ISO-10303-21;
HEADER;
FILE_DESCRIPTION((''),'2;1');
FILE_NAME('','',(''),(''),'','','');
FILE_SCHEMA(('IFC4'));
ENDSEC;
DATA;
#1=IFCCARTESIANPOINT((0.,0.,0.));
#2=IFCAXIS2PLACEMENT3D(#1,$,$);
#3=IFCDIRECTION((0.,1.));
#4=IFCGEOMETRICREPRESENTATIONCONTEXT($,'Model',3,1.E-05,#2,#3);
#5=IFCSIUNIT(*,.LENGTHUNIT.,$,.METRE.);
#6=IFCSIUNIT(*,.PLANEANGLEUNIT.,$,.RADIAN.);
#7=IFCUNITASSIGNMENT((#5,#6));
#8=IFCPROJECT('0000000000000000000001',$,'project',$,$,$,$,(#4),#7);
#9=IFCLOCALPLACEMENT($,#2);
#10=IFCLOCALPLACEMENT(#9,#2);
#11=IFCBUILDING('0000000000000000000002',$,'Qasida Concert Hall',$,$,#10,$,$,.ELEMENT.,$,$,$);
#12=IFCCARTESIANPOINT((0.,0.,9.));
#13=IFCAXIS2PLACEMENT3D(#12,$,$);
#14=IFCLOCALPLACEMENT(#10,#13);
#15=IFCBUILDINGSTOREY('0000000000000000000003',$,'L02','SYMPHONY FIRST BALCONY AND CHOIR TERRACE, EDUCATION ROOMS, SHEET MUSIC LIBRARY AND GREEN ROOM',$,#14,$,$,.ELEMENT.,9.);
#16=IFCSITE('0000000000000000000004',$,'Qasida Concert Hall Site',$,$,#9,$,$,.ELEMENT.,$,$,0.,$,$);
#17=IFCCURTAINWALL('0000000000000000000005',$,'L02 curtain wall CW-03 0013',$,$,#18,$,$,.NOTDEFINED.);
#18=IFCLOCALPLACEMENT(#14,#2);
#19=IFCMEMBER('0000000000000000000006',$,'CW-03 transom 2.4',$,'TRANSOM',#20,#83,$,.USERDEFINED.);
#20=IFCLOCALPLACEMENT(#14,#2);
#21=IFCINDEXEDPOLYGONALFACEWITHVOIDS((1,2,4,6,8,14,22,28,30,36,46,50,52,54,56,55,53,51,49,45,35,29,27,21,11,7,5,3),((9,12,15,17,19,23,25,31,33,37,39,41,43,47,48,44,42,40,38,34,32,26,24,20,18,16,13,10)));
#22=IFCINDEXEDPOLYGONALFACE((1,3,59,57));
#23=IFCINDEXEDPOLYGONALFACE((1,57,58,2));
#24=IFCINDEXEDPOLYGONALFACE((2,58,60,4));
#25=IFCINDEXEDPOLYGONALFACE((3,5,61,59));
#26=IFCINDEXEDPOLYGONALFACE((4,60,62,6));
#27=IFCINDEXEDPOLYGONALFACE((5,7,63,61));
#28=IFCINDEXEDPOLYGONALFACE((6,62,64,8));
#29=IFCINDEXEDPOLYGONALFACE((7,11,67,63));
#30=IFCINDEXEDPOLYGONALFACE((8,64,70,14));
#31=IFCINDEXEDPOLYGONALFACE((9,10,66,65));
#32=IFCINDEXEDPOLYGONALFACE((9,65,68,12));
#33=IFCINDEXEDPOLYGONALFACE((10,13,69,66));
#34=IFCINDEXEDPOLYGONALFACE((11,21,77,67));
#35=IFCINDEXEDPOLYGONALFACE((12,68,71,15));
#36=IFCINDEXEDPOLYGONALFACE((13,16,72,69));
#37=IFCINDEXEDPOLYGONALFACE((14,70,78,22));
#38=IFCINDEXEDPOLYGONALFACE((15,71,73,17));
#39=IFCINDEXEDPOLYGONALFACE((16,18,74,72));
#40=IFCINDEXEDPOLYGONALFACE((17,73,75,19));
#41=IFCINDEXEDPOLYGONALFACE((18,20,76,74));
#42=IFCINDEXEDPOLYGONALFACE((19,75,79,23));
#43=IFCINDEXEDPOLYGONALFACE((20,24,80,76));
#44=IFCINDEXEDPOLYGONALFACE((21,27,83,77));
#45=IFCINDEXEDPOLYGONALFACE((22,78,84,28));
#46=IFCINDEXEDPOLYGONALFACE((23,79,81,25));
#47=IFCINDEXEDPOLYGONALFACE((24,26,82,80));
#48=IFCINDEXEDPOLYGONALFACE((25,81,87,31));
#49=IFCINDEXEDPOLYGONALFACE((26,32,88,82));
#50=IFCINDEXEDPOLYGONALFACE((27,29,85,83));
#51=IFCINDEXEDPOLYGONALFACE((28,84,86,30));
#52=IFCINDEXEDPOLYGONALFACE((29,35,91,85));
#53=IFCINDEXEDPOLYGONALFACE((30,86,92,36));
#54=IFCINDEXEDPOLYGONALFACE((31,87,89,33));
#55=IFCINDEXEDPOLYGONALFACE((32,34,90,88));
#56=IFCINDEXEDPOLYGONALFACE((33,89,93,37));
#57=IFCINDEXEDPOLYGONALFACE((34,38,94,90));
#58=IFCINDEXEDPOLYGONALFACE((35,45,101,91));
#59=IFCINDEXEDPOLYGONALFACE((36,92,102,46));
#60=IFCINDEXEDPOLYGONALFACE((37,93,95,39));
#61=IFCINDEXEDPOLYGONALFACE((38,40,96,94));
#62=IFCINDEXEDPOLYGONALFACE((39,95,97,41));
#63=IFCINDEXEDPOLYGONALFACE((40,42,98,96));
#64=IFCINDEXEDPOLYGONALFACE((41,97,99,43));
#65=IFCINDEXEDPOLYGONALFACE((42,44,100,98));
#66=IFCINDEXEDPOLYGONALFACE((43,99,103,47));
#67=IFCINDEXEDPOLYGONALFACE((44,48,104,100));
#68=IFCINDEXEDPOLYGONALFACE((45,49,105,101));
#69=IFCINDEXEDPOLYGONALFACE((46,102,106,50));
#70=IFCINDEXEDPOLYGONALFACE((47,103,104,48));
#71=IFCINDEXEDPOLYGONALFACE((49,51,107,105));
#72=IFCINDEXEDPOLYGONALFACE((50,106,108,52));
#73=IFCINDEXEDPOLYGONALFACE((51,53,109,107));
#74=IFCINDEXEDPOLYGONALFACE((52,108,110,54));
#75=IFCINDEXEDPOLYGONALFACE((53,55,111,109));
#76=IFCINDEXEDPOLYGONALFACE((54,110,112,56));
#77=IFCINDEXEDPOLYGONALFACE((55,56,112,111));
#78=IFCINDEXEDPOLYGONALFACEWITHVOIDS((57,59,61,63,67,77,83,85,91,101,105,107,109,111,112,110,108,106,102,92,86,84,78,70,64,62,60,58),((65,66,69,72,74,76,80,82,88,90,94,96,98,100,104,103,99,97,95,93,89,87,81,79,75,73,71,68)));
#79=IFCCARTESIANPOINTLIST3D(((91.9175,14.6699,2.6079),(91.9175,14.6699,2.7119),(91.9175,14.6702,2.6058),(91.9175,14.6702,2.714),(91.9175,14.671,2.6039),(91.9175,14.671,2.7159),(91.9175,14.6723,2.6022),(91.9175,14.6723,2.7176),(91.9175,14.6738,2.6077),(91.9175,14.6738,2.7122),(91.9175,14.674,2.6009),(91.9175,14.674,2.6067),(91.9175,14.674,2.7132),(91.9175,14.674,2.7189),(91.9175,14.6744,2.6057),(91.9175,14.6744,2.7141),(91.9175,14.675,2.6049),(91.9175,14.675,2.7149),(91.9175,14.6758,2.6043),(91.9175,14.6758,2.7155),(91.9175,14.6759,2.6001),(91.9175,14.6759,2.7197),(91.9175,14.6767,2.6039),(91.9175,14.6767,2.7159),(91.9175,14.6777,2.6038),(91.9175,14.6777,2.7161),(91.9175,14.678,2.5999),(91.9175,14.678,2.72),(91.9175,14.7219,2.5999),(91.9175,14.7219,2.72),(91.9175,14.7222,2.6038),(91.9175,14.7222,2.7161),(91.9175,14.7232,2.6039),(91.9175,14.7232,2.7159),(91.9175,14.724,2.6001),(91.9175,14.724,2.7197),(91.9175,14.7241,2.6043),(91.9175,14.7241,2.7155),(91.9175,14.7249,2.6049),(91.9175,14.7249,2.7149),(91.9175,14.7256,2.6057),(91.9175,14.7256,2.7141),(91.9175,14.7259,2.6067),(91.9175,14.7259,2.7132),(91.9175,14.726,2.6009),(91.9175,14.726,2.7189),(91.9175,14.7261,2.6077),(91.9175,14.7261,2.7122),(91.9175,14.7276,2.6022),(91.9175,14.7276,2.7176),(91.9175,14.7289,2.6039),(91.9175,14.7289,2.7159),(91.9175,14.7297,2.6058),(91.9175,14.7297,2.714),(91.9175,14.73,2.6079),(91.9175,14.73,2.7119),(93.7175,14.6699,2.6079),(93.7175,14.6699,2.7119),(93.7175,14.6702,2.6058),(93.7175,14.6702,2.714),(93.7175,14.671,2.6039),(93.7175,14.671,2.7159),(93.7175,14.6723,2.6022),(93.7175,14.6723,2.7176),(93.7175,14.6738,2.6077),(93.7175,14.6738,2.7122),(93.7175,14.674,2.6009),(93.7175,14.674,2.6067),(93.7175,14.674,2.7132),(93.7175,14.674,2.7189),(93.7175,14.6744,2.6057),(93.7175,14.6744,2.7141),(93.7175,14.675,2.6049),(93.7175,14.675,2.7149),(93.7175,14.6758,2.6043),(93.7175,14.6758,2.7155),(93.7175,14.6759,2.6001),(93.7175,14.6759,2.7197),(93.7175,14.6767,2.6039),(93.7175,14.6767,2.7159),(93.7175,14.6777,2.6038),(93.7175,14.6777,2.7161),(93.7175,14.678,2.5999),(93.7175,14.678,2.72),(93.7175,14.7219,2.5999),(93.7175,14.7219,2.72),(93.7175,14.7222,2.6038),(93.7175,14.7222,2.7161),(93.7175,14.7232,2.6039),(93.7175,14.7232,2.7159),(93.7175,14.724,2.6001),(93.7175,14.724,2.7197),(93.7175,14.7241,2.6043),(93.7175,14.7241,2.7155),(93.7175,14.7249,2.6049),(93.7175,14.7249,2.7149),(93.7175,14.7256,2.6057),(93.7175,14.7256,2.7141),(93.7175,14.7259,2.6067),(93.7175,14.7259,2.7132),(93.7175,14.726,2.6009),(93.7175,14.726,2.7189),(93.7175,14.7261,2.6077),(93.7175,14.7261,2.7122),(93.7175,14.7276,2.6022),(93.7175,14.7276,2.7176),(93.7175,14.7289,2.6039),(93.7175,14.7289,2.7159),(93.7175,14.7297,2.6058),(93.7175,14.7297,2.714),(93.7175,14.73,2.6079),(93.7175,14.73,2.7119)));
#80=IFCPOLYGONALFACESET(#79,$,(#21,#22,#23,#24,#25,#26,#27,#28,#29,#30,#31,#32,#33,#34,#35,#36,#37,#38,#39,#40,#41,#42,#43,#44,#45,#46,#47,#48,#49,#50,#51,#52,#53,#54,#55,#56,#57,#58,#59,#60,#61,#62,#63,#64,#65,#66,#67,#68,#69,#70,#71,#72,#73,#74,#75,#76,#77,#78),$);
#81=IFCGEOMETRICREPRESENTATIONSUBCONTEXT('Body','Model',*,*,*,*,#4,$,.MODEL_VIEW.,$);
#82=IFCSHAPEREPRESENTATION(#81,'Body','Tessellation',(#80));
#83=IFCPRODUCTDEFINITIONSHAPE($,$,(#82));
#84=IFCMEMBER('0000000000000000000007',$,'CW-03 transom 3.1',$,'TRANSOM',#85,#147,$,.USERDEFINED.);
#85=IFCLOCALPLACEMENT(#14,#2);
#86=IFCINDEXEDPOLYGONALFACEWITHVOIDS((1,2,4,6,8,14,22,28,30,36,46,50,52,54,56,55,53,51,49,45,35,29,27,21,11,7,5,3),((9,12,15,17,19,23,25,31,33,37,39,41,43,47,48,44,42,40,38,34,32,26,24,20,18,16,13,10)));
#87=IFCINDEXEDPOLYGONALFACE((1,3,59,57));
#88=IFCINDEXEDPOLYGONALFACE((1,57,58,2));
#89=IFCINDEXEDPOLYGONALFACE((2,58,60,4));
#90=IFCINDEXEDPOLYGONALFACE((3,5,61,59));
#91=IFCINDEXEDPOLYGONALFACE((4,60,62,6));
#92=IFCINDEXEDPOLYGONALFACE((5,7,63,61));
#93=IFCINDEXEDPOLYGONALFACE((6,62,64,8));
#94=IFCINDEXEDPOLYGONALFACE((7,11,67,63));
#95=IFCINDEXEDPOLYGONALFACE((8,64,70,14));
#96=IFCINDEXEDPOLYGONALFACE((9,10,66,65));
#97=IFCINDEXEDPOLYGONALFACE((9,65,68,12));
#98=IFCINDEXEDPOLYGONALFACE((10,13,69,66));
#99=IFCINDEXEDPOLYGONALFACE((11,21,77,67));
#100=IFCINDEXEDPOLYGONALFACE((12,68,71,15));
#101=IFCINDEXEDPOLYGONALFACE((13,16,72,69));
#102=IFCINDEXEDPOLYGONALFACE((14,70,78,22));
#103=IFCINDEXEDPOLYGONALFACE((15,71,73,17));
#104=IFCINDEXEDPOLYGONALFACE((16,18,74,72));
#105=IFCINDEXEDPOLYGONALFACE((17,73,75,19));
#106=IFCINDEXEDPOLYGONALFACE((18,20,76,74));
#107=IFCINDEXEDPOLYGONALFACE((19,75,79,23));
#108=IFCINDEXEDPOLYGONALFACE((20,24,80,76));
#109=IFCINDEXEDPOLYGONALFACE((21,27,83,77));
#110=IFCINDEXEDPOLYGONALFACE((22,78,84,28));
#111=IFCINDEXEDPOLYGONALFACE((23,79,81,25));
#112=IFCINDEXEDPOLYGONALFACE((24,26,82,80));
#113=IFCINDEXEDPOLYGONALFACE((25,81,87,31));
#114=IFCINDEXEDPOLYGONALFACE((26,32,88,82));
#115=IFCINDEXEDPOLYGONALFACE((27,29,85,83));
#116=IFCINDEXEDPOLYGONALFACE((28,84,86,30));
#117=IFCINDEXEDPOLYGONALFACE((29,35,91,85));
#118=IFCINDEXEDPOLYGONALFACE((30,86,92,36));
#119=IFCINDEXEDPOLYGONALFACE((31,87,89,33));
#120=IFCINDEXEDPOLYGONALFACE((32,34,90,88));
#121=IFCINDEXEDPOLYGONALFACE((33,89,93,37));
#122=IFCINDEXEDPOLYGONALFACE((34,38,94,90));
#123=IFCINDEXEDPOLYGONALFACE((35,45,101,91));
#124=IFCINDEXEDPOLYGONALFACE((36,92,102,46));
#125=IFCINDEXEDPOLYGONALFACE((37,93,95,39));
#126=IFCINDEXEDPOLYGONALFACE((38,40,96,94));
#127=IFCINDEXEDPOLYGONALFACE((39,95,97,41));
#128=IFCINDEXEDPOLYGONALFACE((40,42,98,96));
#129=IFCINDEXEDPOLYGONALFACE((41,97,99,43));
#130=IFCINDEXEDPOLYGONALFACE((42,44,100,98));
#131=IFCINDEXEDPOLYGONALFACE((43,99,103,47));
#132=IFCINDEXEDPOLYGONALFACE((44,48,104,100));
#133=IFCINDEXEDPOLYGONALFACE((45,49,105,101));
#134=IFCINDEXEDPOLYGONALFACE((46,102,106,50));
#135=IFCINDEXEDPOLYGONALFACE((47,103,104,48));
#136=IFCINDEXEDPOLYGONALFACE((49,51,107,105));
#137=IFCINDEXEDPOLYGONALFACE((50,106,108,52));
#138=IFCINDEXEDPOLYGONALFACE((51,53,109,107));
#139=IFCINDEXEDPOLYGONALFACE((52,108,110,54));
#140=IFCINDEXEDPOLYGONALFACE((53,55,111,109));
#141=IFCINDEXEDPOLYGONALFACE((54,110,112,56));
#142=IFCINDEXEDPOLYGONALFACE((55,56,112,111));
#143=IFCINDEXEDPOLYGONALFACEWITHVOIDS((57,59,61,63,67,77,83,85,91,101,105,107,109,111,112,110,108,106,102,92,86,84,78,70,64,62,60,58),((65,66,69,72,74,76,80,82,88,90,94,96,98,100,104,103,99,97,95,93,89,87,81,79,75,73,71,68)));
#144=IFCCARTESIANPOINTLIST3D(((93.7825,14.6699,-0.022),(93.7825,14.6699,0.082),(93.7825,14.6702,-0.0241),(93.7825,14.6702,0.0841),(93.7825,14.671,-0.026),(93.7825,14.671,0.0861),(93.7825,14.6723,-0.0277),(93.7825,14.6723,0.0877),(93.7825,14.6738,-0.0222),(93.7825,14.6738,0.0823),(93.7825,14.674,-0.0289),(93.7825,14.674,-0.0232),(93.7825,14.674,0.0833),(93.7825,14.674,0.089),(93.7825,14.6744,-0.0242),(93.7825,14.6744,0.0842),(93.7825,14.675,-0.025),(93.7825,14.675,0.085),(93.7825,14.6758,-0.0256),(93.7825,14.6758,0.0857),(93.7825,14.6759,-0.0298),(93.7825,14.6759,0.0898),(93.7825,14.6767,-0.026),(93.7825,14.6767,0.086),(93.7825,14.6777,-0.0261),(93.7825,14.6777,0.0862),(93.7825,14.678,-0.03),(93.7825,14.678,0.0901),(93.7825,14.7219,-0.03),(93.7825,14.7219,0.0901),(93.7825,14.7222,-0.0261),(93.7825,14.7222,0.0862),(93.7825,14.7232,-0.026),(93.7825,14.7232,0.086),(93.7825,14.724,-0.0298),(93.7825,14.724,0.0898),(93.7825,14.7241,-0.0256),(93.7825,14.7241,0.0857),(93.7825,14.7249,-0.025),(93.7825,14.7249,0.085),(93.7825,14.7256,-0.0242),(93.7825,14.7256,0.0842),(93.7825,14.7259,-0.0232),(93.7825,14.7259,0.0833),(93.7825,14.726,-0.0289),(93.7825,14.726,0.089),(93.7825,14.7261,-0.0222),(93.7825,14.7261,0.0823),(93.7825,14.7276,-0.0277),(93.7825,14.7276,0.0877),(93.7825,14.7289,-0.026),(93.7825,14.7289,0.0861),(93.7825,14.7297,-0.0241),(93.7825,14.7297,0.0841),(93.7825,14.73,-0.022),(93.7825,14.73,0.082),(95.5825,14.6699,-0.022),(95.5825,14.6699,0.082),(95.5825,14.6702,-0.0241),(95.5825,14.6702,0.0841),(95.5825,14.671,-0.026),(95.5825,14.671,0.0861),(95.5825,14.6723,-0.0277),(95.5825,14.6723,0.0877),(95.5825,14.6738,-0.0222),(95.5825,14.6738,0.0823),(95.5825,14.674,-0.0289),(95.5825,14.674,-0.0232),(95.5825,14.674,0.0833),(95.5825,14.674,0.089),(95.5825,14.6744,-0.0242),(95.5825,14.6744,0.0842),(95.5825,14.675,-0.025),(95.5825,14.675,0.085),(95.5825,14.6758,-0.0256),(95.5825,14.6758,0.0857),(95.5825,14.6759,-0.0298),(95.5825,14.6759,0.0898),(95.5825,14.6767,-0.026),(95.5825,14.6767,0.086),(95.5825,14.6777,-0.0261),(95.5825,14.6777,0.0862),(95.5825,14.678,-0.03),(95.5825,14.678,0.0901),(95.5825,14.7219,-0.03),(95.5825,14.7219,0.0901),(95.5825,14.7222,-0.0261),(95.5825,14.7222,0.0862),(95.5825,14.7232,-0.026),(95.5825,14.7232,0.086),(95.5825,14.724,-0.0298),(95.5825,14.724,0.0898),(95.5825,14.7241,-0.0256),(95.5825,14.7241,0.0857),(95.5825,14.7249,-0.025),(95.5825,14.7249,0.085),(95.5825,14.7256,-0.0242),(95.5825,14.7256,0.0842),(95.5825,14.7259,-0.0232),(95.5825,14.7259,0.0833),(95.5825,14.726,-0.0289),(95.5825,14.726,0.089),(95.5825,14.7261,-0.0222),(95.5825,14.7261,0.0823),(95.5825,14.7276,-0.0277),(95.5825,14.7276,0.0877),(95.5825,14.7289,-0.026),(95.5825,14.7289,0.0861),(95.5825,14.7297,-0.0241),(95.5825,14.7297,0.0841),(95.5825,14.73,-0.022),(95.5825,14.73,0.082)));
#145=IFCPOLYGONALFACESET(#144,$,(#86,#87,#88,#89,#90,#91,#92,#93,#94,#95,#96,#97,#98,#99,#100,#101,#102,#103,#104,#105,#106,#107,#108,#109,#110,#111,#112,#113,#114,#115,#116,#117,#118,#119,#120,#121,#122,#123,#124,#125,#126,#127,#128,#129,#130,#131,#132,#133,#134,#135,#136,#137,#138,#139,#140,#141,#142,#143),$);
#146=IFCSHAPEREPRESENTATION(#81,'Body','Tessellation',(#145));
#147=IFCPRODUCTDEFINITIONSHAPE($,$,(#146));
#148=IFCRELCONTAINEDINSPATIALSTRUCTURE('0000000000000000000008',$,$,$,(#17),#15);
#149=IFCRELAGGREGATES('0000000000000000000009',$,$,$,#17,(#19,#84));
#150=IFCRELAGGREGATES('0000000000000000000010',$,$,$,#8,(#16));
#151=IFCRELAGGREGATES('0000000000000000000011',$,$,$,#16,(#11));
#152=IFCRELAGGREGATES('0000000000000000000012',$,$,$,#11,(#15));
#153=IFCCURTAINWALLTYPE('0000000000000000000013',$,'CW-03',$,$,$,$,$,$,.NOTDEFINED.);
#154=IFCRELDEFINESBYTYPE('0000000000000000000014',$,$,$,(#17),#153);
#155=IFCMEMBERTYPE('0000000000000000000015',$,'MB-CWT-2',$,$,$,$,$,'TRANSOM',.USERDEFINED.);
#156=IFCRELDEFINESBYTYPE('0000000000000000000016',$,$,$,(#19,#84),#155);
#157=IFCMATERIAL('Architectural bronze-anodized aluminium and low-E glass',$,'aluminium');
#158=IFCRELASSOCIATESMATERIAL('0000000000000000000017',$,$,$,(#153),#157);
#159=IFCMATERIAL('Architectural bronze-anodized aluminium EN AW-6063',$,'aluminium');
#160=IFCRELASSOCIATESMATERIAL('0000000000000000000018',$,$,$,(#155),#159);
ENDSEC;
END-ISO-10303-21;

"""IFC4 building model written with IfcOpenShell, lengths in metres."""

from ifc_helpers import new_model, si_unit, direction, frame, origin, origin_2d, place, context, subcontext, project, spatial, hollow_rectangle, extrude, material, material_profile, profile_set, type_object, element, aggregate, save


model = new_model("IFC4")

# Units and contexts
model_context = context("Model", 3, precision=1e-05, world=origin(), true_north=direction((0.0, 1.0)))
body_context = subcontext(model_context, "Body", "Model", "MODEL_VIEW")
ifc_project = project(units=[si_unit("LENGTHUNIT", "METRE"), si_unit("PLANEANGLEUNIT", "RADIAN")], contexts=[model_context])

# Site, building, storey
site_placement = place(None, origin())
site = spatial("IfcSite", under=ifc_project, at=site_placement, Name="Qasida Concert Hall Site", CompositionType="ELEMENT", RefElevation=0.0)
building_placement = place(site_placement, origin())
building = spatial("IfcBuilding", under=site, at=building_placement, Name="Qasida Concert Hall", CompositionType="ELEMENT")
storey_placement = place(building_placement, frame((0.0, 0.0, 9.0)))
storey = spatial("IfcBuildingStorey", under=building, at=storey_placement, Name="L02", Description="SYMPHONY FIRST BALCONY AND CHOIR TERRACE, EDUCATION ROOMS, SHEET MUSIC LIBRARY AND GREEN ROOM", CompositionType="ELEMENT", Elevation=9.0)

# Curtain wall, members
ifc_material_1 = material(Name="Architectural bronze-anodized aluminium and low-E glass", Category="aluminium")
curtain_wall_type = type_object("IfcCurtainWallType", Name="CW-03", PredefinedType="NOTDEFINED", material=ifc_material_1)
curtain_wall_placement = place(storey_placement, origin())
curtain_wall = element("IfcCurtainWall", 1, at=curtain_wall_placement, inside=storey, type_object=curtain_wall_type, Name="L02 curtain wall CW-03 0013", PredefinedType="NOTDEFINED")
ifc_material_2 = material(Name="Architectural bronze-anodized aluminium EN AW-6063", Category="aluminium")
ifc_material_profile_1 = material_profile(ifc_material_2, hollow_rectangle(XDim=0.0601, YDim=0.1201, WallThickness=0.0039, InnerFilletRadius=0.0039, OuterFilletRadius=0.0081, at=origin_2d()), Name="CWT 120x60x4")
ifc_profile_set_1 = profile_set([ifc_material_profile_1], Name="Architectural bronze-anodized aluminium EN AW-6063")
member_type_1 = type_object("IfcMemberType", Name="MB-CWT-2", ElementType="TRANSOM", PredefinedType="USERDEFINED", material=ifc_profile_set_1)
member_1_placement = place(storey_placement, frame((91.9175, 14.7, 2.6599), z_axis=(1.0, 0.0, 0.0), x_axis=(0.0, 1.0, 0.0)))
member_1 = element("IfcMember", 2, at=member_1_placement, type_object=member_type_1, Name="CW-03 transom 2.4", ObjectType="TRANSOM", PredefinedType="USERDEFINED", context=body_context, shape_type="SweptSolid", body=[
    extrude(hollow_rectangle(XDim=0.0601, YDim=0.1201, WallThickness=0.0039, InnerFilletRadius=0.0039, OuterFilletRadius=0.0081, at=origin_2d()), origin(), (0.0, 0.0, 1.0), 1.8),
])
member_2_placement = place(storey_placement, frame((93.7825, 14.7, 0.03), z_axis=(1.0, 0.0, 0.0), x_axis=(0.0, 1.0, 0.0)))
member_2 = element("IfcMember", 3, at=member_2_placement, type_object=member_type_1, Name="CW-03 transom 3.1", ObjectType="TRANSOM", PredefinedType="USERDEFINED", context=body_context, shape_type="SweptSolid", body=[
    extrude(hollow_rectangle(XDim=0.0601, YDim=0.1201, WallThickness=0.0039, InnerFilletRadius=0.0039, OuterFilletRadius=0.0081, at=origin_2d()), origin(), (0.0, 0.0, 1.0), 1.8),
])
aggregate(curtain_wall, [member_1, member_2])

save(model, "model.ifc")
